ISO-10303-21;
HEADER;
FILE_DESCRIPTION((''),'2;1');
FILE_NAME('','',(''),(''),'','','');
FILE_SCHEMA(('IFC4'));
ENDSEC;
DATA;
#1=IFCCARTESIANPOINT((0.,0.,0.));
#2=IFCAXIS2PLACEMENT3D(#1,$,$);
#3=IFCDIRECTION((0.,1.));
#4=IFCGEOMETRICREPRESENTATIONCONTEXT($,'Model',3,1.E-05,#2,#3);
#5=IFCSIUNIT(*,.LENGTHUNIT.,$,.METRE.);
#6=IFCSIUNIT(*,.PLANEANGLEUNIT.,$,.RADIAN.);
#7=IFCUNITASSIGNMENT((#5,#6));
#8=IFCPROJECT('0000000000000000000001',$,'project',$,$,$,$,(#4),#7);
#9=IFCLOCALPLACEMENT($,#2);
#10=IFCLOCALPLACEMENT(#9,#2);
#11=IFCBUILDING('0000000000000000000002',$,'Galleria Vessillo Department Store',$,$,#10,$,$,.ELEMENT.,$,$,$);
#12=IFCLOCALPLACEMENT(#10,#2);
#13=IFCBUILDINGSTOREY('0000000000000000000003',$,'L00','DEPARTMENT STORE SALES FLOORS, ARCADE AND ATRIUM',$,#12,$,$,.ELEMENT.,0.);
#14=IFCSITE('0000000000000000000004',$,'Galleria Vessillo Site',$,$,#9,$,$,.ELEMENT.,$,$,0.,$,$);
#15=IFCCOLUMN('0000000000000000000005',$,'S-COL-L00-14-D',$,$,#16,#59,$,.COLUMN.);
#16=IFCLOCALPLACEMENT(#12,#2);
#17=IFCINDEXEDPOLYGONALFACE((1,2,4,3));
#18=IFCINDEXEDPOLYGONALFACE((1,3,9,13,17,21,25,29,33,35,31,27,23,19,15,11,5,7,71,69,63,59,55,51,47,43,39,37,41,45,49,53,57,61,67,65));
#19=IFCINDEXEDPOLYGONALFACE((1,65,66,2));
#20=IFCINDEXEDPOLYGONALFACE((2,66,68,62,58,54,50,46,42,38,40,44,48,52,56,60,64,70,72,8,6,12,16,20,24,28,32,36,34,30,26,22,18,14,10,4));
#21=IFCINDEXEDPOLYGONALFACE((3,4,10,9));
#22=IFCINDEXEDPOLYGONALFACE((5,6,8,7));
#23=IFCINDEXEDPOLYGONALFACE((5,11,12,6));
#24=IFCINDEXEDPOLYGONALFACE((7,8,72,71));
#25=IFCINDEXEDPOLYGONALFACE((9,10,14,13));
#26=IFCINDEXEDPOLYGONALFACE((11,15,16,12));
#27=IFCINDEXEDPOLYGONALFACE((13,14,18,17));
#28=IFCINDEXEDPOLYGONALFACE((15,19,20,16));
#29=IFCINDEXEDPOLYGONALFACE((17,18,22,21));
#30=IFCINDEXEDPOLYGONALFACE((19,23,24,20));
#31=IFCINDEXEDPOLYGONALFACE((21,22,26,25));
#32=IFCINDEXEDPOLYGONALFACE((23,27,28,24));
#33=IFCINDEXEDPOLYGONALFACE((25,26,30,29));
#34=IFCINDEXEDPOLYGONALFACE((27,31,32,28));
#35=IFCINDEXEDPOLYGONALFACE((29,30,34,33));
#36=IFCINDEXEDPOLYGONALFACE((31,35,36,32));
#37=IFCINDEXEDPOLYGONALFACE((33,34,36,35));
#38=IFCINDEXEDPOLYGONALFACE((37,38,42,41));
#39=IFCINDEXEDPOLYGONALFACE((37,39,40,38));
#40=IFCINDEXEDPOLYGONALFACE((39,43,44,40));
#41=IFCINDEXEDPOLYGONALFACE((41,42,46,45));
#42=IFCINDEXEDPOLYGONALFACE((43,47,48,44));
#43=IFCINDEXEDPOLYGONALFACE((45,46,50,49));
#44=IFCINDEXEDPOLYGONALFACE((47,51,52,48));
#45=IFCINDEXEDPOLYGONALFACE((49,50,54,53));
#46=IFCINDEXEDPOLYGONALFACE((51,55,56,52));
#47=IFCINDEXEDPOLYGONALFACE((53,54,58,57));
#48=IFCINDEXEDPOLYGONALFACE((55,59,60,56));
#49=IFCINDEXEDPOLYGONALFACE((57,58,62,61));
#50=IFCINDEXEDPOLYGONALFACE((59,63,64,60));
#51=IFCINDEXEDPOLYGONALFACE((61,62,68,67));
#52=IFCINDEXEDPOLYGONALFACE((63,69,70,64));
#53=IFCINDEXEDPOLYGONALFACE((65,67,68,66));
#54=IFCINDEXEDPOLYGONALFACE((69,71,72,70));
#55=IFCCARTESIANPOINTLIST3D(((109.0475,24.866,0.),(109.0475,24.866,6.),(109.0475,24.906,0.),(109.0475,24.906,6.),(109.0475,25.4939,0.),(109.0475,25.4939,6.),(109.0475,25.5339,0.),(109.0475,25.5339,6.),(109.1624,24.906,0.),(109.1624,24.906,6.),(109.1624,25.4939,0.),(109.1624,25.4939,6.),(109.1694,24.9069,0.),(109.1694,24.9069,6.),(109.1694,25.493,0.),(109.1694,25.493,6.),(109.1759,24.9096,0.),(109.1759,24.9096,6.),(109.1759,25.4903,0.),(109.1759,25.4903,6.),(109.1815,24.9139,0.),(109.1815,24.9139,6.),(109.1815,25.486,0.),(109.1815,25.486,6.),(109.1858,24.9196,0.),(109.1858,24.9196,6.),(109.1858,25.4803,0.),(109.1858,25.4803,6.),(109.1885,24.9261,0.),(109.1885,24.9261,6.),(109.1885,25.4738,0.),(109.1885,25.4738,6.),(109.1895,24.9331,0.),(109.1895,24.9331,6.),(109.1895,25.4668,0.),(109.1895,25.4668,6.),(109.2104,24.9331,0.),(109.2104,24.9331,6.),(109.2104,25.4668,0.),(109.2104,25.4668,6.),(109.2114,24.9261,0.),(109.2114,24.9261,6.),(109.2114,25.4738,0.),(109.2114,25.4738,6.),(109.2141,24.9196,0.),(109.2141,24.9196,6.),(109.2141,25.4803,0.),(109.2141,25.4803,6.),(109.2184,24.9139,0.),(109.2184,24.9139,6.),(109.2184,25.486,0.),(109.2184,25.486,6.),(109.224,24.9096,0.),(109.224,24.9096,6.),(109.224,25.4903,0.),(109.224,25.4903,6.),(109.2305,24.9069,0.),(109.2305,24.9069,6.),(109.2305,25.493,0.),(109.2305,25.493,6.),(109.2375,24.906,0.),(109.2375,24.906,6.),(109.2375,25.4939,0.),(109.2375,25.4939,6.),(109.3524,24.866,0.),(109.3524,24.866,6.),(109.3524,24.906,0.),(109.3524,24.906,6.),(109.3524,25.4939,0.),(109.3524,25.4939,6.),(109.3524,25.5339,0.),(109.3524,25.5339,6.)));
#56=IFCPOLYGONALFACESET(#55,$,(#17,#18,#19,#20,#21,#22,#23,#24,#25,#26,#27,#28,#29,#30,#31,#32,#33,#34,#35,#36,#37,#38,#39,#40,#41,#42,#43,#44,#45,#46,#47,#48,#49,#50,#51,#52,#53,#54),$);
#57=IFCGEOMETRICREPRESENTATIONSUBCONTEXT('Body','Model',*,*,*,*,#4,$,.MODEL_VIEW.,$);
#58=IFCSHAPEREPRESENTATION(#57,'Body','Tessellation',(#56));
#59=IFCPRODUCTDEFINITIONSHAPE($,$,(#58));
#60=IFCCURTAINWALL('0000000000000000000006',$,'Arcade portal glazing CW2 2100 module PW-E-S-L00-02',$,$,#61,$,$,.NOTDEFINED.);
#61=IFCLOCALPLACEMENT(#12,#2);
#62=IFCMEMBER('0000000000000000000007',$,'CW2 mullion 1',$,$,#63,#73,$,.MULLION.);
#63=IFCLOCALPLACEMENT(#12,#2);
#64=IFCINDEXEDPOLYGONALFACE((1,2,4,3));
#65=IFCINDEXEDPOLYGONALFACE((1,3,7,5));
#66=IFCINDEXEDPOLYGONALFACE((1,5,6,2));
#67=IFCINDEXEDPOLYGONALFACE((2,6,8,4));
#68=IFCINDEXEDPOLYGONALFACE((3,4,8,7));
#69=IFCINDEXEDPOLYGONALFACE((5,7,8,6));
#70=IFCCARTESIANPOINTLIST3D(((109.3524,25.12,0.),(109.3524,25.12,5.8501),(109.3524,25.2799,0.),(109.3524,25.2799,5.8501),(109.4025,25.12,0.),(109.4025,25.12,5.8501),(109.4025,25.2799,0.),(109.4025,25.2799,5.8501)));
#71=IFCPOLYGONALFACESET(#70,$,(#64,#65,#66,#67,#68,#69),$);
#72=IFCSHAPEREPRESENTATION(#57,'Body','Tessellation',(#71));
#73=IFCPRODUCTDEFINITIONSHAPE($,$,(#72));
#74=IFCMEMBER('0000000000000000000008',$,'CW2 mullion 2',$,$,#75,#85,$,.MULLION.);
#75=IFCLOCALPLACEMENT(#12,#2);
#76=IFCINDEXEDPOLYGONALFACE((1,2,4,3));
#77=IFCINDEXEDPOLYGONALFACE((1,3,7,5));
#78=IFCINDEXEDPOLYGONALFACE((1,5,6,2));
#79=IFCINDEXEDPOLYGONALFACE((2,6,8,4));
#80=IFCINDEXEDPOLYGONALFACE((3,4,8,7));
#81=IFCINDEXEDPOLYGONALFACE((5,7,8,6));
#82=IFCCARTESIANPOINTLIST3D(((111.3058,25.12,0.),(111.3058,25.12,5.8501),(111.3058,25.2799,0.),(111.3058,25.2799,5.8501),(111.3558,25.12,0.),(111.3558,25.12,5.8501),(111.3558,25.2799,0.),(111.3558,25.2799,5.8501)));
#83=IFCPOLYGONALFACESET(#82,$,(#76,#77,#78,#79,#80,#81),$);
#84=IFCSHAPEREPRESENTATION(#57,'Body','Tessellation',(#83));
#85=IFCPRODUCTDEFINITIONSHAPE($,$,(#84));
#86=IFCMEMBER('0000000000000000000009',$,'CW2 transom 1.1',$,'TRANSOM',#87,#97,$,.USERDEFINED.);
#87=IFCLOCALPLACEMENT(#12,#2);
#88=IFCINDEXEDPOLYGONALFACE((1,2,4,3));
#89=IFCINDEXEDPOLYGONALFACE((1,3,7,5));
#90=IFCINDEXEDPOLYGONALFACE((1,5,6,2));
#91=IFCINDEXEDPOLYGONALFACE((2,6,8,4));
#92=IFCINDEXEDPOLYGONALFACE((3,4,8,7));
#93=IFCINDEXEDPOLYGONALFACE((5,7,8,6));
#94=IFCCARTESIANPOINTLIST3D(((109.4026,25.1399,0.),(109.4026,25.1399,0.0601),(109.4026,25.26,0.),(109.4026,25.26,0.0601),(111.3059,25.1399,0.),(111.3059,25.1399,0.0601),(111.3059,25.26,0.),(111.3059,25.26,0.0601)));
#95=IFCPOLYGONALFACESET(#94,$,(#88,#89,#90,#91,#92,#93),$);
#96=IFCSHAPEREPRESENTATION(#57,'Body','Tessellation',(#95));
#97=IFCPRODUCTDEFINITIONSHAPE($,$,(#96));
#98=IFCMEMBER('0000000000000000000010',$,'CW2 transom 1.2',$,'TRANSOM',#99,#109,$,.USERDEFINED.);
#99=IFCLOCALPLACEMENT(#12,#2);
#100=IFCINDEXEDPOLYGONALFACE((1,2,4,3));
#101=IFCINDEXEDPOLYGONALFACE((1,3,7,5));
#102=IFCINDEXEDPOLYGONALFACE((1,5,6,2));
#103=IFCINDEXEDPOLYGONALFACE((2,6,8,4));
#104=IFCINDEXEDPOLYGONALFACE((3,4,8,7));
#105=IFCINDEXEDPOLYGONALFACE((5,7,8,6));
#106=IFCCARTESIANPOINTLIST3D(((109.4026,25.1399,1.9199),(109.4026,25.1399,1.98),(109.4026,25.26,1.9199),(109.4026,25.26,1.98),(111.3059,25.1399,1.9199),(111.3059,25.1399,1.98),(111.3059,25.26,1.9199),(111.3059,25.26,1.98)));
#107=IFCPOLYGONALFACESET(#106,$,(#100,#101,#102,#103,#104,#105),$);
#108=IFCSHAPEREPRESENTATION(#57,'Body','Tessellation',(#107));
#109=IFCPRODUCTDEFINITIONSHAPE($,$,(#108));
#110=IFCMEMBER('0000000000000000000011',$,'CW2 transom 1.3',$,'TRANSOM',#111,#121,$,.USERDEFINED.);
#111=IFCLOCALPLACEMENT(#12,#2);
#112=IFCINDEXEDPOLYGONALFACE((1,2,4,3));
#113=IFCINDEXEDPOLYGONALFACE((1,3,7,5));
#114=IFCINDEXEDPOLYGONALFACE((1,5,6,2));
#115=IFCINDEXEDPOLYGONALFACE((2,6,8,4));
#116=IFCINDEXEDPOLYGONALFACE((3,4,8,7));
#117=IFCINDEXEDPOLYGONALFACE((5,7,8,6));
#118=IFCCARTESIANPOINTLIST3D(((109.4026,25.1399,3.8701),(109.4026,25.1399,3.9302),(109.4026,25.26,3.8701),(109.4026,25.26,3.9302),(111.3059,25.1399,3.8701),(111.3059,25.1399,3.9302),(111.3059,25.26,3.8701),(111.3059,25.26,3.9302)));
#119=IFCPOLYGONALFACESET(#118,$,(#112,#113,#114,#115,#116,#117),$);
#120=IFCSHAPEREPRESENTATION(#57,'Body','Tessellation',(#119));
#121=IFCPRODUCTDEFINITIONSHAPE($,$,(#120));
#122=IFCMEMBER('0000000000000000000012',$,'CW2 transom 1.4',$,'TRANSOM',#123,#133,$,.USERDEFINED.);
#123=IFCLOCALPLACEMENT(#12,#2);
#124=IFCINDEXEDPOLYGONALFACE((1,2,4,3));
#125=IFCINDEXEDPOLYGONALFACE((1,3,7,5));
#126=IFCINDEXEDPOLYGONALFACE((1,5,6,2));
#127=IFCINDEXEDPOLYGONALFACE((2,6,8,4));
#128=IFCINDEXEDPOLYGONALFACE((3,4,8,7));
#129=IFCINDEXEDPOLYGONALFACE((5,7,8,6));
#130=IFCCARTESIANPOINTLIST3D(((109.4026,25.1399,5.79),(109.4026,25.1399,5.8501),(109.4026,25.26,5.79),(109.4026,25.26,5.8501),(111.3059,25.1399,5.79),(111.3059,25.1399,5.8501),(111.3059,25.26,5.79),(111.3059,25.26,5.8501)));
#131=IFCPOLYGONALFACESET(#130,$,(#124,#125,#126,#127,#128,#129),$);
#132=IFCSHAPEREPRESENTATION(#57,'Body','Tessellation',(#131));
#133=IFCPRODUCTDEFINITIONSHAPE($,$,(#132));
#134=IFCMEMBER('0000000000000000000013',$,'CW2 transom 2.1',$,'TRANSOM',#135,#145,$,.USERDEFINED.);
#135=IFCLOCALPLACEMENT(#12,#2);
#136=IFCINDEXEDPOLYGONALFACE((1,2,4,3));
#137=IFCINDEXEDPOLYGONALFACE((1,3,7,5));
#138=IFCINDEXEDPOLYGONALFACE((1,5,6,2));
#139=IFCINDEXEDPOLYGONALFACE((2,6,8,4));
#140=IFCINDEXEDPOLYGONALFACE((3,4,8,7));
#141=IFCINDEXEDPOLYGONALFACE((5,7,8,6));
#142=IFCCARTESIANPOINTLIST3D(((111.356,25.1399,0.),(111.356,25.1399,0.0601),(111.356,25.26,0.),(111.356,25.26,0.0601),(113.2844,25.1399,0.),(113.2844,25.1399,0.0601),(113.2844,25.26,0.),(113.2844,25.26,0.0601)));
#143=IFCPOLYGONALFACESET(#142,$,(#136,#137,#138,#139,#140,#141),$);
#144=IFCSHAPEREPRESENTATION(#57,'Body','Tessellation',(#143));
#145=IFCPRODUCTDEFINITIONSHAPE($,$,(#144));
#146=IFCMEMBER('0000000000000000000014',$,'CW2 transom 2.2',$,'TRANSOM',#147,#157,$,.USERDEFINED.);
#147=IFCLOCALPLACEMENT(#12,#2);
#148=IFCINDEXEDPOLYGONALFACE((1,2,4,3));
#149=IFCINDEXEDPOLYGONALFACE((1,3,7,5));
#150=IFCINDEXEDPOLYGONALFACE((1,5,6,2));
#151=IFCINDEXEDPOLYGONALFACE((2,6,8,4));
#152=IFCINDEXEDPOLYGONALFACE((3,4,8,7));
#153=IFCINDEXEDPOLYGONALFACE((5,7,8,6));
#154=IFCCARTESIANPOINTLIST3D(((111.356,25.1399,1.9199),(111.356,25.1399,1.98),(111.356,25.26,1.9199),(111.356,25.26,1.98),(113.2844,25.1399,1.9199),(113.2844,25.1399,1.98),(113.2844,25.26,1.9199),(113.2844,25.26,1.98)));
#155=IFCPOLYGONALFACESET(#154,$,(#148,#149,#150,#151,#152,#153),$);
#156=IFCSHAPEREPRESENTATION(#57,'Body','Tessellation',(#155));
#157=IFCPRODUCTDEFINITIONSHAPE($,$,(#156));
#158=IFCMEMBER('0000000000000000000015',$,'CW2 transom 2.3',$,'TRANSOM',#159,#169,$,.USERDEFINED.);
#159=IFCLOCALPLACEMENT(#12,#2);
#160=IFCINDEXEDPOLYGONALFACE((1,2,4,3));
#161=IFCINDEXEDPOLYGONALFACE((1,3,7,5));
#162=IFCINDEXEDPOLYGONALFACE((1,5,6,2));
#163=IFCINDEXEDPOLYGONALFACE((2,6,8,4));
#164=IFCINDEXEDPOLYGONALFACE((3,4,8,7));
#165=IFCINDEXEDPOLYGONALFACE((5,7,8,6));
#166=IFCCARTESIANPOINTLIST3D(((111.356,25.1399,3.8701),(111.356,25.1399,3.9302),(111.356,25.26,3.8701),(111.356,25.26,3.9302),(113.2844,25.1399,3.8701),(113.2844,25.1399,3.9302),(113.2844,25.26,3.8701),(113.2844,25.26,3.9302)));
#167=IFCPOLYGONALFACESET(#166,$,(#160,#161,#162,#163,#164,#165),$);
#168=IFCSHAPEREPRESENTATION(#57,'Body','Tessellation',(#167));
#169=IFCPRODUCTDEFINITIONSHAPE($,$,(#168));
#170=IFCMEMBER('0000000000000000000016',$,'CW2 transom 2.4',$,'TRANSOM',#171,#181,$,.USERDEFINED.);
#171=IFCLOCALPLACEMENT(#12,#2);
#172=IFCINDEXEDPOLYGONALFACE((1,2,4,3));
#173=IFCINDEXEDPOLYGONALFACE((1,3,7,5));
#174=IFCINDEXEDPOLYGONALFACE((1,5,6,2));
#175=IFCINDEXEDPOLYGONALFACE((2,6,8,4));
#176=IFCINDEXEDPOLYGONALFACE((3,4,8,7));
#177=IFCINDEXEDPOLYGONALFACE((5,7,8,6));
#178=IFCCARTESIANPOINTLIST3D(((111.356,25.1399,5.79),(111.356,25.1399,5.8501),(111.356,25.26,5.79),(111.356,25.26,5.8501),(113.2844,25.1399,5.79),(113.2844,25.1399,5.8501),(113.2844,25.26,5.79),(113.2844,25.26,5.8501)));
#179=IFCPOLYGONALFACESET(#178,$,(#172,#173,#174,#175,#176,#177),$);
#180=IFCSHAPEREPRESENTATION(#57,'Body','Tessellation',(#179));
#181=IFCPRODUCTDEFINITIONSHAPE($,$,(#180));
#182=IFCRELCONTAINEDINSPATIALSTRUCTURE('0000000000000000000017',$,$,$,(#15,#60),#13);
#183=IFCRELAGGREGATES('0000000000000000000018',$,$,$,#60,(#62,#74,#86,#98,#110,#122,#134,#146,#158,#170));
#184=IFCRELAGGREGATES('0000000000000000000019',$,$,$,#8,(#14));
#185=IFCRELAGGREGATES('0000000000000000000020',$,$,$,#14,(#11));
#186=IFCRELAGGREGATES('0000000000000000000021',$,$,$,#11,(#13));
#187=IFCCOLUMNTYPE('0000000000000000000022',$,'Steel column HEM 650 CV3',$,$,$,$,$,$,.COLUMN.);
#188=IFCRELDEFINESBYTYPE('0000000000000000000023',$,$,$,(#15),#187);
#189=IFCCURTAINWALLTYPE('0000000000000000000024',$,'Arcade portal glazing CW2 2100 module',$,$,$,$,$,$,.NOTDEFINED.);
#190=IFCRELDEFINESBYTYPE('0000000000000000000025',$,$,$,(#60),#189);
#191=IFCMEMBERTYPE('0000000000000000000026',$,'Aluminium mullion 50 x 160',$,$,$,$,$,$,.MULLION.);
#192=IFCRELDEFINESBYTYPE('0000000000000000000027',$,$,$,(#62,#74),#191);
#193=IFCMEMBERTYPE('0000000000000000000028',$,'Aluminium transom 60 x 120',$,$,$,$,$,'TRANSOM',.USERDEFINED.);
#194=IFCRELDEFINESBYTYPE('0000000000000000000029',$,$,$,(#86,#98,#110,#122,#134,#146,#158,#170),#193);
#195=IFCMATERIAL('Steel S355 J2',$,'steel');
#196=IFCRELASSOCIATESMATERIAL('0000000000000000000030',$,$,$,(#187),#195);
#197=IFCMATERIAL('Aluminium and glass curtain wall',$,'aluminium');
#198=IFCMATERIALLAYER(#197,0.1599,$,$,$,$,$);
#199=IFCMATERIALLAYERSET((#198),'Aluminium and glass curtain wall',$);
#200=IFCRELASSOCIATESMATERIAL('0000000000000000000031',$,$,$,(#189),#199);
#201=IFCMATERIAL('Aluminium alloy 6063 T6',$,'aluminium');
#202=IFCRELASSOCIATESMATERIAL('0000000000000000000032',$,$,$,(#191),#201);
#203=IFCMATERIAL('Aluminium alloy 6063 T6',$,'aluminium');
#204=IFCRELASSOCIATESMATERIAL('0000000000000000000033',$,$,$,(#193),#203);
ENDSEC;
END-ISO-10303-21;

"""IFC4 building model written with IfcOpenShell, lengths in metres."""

from ifc_helpers import new_model, si_unit, direction, frame, origin, origin_2d, place, context, subcontext, project, spatial, rectangle, i_section, extrude, material, layer, layer_set, material_profile, profile_set, type_object, element, aggregate, save


model = new_model("IFC4")

# Units and contexts
model_context = context("Model", 3, precision=1e-05, world=origin(), true_north=direction((0.0, 1.0)))
body_context = subcontext(model_context, "Body", "Model", "MODEL_VIEW")
ifc_project = project(units=[si_unit("LENGTHUNIT", "METRE"), si_unit("PLANEANGLEUNIT", "RADIAN")], contexts=[model_context])

# Site, building, storey
site_placement = place(None, origin())
site = spatial("IfcSite", under=ifc_project, at=site_placement, Name="Galleria Vessillo Site", CompositionType="ELEMENT", RefElevation=0.0)
building_placement = place(site_placement, origin())
building = spatial("IfcBuilding", under=site, at=building_placement, Name="Galleria Vessillo Department Store", CompositionType="ELEMENT")
storey_placement = place(building_placement, origin())
storey = spatial("IfcBuildingStorey", under=building, at=storey_placement, Name="L00", Description="DEPARTMENT STORE SALES FLOORS, ARCADE AND ATRIUM", CompositionType="ELEMENT", Elevation=0.0)

# Column
ifc_material_1 = material(Name="Steel S355 J2", Category="steel")
ifc_material_profile_1 = material_profile(ifc_material_1, i_section(OverallWidth=0.3049, OverallDepth=0.668, WebThickness=0.021, FlangeThickness=0.04, FilletRadius=0.0271, at=origin_2d()), Name="HEM 650")
ifc_profile_set_1 = profile_set([ifc_material_profile_1], Name="Steel S355 J2")
column_type = type_object("IfcColumnType", Name="Steel column HEM 650 CV3", PredefinedType="COLUMN", material=ifc_profile_set_1)
column_placement = place(storey_placement, frame((109.2, 25.2, 0.0), z_axis=(0.0, 0.0, 1.0), x_axis=(1.0, 0.0, 0.0)))
element("IfcColumn", 1, at=column_placement, inside=storey, type_object=column_type, Name="S-COL-L00-14-D", PredefinedType="COLUMN", context=body_context, shape_type="SweptSolid", body=[
    extrude(i_section(OverallWidth=0.3049, OverallDepth=0.668, WebThickness=0.021, FlangeThickness=0.04, FilletRadius=0.0271, at=origin_2d()), origin(), (0.0, 0.0, 1.0), 6.0),
])

# Curtain wall, members
ifc_material_2 = material(Name="Aluminium and glass curtain wall", Category="aluminium")
ifc_layer_1 = layer(ifc_material_2, 0.1599)
ifc_layer_set_1 = layer_set([ifc_layer_1], Name="Aluminium and glass curtain wall")
curtain_wall_type = type_object("IfcCurtainWallType", Name="Arcade portal glazing CW2 2100 module", PredefinedType="NOTDEFINED", material=ifc_layer_set_1)
curtain_wall_placement = place(storey_placement, origin())
curtain_wall = element("IfcCurtainWall", 2, at=curtain_wall_placement, inside=storey, type_object=curtain_wall_type, Name="Arcade portal glazing CW2 2100 module PW-E-S-L00-02", PredefinedType="NOTDEFINED")
ifc_material_3 = material(Name="Aluminium alloy 6063 T6", Category="aluminium")
ifc_material_profile_2 = material_profile(ifc_material_3, rectangle(XDim=0.1599, YDim=0.05, at=origin_2d()), Name="AL 50x160")
ifc_profile_set_2 = profile_set([ifc_material_profile_2], Name="Aluminium alloy 6063 T6")
member_type_1 = type_object("IfcMemberType", Name="Aluminium mullion 50 x 160", PredefinedType="MULLION", material=ifc_profile_set_2)
member_1_placement = place(storey_placement, frame((109.3774, 25.2, 0.0), z_axis=(0.0, 0.0, 1.0), x_axis=(0.0, 1.0, 0.0)))
member_1 = element("IfcMember", 3, at=member_1_placement, type_object=member_type_1, Name="CW2 mullion 1", PredefinedType="MULLION", context=body_context, shape_type="SweptSolid", body=[
    extrude(rectangle(XDim=0.1599, YDim=0.05, at=origin_2d()), origin(), (0.0, 0.0, 1.0), 5.8501),
])
member_2_placement = place(storey_placement, frame((111.3308, 25.2, 0.0), z_axis=(0.0, 0.0, 1.0), x_axis=(0.0, 1.0, 0.0)))
member_2 = element("IfcMember", 4, at=member_2_placement, type_object=member_type_1, Name="CW2 mullion 2", PredefinedType="MULLION", context=body_context, shape_type="SweptSolid", body=[
    extrude(rectangle(XDim=0.1599, YDim=0.05, at=origin_2d()), origin(), (0.0, 0.0, 1.0), 5.8501),
])
ifc_material_4 = material(Name="Aluminium alloy 6063 T6", Category="aluminium")
ifc_material_profile_3 = material_profile(ifc_material_4, rectangle(XDim=0.1201, YDim=0.0601, at=origin_2d()), Name="AL 60x120")
ifc_profile_set_3 = profile_set([ifc_material_profile_3], Name="Aluminium alloy 6063 T6")
member_type_2 = type_object("IfcMemberType", Name="Aluminium transom 60 x 120", ElementType="TRANSOM", PredefinedType="USERDEFINED", material=ifc_profile_set_3)
member_3_placement = place(storey_placement, frame((109.4026, 25.2, 0.03), z_axis=(1.0, 0.0, 0.0), x_axis=(0.0, 1.0, 0.0)))
member_3 = element("IfcMember", 5, at=member_3_placement, type_object=member_type_2, Name="CW2 transom 1.1", ObjectType="TRANSOM", PredefinedType="USERDEFINED", context=body_context, shape_type="SweptSolid", body=[
    extrude(rectangle(XDim=0.1201, YDim=0.0601, at=origin_2d()), origin(), (0.0, 0.0, 1.0), 1.9033),
])
member_4_placement = place(storey_placement, frame((109.4026, 25.2, 1.95), z_axis=(1.0, 0.0, 0.0), x_axis=(0.0, 1.0, 0.0)))
member_4 = element("IfcMember", 6, at=member_4_placement, type_object=member_type_2, Name="CW2 transom 1.2", ObjectType="TRANSOM", PredefinedType="USERDEFINED", context=body_context, shape_type="SweptSolid", body=[
    extrude(rectangle(XDim=0.1201, YDim=0.0601, at=origin_2d()), origin(), (0.0, 0.0, 1.0), 1.9033),
])
member_5_placement = place(storey_placement, frame((109.4026, 25.2, 3.9001), z_axis=(1.0, 0.0, 0.0), x_axis=(0.0, 1.0, 0.0)))
member_5 = element("IfcMember", 7, at=member_5_placement, type_object=member_type_2, Name="CW2 transom 1.3", ObjectType="TRANSOM", PredefinedType="USERDEFINED", context=body_context, shape_type="SweptSolid", body=[
    extrude(rectangle(XDim=0.1201, YDim=0.0601, at=origin_2d()), origin(), (0.0, 0.0, 1.0), 1.9033),
])
member_6_placement = place(storey_placement, frame((109.4026, 25.2, 5.8201), z_axis=(1.0, 0.0, 0.0), x_axis=(0.0, 1.0, 0.0)))
member_6 = element("IfcMember", 8, at=member_6_placement, type_object=member_type_2, Name="CW2 transom 1.4", ObjectType="TRANSOM", PredefinedType="USERDEFINED", context=body_context, shape_type="SweptSolid", body=[
    extrude(rectangle(XDim=0.1201, YDim=0.0601, at=origin_2d()), origin(), (0.0, 0.0, 1.0), 1.9033),
])
member_7_placement = place(storey_placement, frame((111.356, 25.2, 0.03), z_axis=(1.0, 0.0, 0.0), x_axis=(0.0, 1.0, 0.0)))
member_7 = element("IfcMember", 9, at=member_7_placement, type_object=member_type_2, Name="CW2 transom 2.1", ObjectType="TRANSOM", PredefinedType="USERDEFINED", context=body_context, shape_type="SweptSolid", body=[
    extrude(rectangle(XDim=0.1201, YDim=0.0601, at=origin_2d()), origin(), (0.0, 0.0, 1.0), 1.9285),
])
member_8_placement = place(storey_placement, frame((111.356, 25.2, 1.95), z_axis=(1.0, 0.0, 0.0), x_axis=(0.0, 1.0, 0.0)))
member_8 = element("IfcMember", 10, at=member_8_placement, type_object=member_type_2, Name="CW2 transom 2.2", ObjectType="TRANSOM", PredefinedType="USERDEFINED", context=body_context, shape_type="SweptSolid", body=[
    extrude(rectangle(XDim=0.1201, YDim=0.0601, at=origin_2d()), origin(), (0.0, 0.0, 1.0), 1.9285),
])
member_9_placement = place(storey_placement, frame((111.356, 25.2, 3.9001), z_axis=(1.0, 0.0, 0.0), x_axis=(0.0, 1.0, 0.0)))
member_9 = element("IfcMember", 11, at=member_9_placement, type_object=member_type_2, Name="CW2 transom 2.3", ObjectType="TRANSOM", PredefinedType="USERDEFINED", context=body_context, shape_type="SweptSolid", body=[
    extrude(rectangle(XDim=0.1201, YDim=0.0601, at=origin_2d()), origin(), (0.0, 0.0, 1.0), 1.9285),
])
member_10_placement = place(storey_placement, frame((111.356, 25.2, 5.8201), z_axis=(1.0, 0.0, 0.0), x_axis=(0.0, 1.0, 0.0)))
member_10 = element("IfcMember", 12, at=member_10_placement, type_object=member_type_2, Name="CW2 transom 2.4", ObjectType="TRANSOM", PredefinedType="USERDEFINED", context=body_context, shape_type="SweptSolid", body=[
    extrude(rectangle(XDim=0.1201, YDim=0.0601, at=origin_2d()), origin(), (0.0, 0.0, 1.0), 1.9285),
])

aggregate(curtain_wall, [member_1, member_2, member_3, member_4, member_5, member_6, member_7, member_8, member_9, member_10])

save(model, "model.ifc")
